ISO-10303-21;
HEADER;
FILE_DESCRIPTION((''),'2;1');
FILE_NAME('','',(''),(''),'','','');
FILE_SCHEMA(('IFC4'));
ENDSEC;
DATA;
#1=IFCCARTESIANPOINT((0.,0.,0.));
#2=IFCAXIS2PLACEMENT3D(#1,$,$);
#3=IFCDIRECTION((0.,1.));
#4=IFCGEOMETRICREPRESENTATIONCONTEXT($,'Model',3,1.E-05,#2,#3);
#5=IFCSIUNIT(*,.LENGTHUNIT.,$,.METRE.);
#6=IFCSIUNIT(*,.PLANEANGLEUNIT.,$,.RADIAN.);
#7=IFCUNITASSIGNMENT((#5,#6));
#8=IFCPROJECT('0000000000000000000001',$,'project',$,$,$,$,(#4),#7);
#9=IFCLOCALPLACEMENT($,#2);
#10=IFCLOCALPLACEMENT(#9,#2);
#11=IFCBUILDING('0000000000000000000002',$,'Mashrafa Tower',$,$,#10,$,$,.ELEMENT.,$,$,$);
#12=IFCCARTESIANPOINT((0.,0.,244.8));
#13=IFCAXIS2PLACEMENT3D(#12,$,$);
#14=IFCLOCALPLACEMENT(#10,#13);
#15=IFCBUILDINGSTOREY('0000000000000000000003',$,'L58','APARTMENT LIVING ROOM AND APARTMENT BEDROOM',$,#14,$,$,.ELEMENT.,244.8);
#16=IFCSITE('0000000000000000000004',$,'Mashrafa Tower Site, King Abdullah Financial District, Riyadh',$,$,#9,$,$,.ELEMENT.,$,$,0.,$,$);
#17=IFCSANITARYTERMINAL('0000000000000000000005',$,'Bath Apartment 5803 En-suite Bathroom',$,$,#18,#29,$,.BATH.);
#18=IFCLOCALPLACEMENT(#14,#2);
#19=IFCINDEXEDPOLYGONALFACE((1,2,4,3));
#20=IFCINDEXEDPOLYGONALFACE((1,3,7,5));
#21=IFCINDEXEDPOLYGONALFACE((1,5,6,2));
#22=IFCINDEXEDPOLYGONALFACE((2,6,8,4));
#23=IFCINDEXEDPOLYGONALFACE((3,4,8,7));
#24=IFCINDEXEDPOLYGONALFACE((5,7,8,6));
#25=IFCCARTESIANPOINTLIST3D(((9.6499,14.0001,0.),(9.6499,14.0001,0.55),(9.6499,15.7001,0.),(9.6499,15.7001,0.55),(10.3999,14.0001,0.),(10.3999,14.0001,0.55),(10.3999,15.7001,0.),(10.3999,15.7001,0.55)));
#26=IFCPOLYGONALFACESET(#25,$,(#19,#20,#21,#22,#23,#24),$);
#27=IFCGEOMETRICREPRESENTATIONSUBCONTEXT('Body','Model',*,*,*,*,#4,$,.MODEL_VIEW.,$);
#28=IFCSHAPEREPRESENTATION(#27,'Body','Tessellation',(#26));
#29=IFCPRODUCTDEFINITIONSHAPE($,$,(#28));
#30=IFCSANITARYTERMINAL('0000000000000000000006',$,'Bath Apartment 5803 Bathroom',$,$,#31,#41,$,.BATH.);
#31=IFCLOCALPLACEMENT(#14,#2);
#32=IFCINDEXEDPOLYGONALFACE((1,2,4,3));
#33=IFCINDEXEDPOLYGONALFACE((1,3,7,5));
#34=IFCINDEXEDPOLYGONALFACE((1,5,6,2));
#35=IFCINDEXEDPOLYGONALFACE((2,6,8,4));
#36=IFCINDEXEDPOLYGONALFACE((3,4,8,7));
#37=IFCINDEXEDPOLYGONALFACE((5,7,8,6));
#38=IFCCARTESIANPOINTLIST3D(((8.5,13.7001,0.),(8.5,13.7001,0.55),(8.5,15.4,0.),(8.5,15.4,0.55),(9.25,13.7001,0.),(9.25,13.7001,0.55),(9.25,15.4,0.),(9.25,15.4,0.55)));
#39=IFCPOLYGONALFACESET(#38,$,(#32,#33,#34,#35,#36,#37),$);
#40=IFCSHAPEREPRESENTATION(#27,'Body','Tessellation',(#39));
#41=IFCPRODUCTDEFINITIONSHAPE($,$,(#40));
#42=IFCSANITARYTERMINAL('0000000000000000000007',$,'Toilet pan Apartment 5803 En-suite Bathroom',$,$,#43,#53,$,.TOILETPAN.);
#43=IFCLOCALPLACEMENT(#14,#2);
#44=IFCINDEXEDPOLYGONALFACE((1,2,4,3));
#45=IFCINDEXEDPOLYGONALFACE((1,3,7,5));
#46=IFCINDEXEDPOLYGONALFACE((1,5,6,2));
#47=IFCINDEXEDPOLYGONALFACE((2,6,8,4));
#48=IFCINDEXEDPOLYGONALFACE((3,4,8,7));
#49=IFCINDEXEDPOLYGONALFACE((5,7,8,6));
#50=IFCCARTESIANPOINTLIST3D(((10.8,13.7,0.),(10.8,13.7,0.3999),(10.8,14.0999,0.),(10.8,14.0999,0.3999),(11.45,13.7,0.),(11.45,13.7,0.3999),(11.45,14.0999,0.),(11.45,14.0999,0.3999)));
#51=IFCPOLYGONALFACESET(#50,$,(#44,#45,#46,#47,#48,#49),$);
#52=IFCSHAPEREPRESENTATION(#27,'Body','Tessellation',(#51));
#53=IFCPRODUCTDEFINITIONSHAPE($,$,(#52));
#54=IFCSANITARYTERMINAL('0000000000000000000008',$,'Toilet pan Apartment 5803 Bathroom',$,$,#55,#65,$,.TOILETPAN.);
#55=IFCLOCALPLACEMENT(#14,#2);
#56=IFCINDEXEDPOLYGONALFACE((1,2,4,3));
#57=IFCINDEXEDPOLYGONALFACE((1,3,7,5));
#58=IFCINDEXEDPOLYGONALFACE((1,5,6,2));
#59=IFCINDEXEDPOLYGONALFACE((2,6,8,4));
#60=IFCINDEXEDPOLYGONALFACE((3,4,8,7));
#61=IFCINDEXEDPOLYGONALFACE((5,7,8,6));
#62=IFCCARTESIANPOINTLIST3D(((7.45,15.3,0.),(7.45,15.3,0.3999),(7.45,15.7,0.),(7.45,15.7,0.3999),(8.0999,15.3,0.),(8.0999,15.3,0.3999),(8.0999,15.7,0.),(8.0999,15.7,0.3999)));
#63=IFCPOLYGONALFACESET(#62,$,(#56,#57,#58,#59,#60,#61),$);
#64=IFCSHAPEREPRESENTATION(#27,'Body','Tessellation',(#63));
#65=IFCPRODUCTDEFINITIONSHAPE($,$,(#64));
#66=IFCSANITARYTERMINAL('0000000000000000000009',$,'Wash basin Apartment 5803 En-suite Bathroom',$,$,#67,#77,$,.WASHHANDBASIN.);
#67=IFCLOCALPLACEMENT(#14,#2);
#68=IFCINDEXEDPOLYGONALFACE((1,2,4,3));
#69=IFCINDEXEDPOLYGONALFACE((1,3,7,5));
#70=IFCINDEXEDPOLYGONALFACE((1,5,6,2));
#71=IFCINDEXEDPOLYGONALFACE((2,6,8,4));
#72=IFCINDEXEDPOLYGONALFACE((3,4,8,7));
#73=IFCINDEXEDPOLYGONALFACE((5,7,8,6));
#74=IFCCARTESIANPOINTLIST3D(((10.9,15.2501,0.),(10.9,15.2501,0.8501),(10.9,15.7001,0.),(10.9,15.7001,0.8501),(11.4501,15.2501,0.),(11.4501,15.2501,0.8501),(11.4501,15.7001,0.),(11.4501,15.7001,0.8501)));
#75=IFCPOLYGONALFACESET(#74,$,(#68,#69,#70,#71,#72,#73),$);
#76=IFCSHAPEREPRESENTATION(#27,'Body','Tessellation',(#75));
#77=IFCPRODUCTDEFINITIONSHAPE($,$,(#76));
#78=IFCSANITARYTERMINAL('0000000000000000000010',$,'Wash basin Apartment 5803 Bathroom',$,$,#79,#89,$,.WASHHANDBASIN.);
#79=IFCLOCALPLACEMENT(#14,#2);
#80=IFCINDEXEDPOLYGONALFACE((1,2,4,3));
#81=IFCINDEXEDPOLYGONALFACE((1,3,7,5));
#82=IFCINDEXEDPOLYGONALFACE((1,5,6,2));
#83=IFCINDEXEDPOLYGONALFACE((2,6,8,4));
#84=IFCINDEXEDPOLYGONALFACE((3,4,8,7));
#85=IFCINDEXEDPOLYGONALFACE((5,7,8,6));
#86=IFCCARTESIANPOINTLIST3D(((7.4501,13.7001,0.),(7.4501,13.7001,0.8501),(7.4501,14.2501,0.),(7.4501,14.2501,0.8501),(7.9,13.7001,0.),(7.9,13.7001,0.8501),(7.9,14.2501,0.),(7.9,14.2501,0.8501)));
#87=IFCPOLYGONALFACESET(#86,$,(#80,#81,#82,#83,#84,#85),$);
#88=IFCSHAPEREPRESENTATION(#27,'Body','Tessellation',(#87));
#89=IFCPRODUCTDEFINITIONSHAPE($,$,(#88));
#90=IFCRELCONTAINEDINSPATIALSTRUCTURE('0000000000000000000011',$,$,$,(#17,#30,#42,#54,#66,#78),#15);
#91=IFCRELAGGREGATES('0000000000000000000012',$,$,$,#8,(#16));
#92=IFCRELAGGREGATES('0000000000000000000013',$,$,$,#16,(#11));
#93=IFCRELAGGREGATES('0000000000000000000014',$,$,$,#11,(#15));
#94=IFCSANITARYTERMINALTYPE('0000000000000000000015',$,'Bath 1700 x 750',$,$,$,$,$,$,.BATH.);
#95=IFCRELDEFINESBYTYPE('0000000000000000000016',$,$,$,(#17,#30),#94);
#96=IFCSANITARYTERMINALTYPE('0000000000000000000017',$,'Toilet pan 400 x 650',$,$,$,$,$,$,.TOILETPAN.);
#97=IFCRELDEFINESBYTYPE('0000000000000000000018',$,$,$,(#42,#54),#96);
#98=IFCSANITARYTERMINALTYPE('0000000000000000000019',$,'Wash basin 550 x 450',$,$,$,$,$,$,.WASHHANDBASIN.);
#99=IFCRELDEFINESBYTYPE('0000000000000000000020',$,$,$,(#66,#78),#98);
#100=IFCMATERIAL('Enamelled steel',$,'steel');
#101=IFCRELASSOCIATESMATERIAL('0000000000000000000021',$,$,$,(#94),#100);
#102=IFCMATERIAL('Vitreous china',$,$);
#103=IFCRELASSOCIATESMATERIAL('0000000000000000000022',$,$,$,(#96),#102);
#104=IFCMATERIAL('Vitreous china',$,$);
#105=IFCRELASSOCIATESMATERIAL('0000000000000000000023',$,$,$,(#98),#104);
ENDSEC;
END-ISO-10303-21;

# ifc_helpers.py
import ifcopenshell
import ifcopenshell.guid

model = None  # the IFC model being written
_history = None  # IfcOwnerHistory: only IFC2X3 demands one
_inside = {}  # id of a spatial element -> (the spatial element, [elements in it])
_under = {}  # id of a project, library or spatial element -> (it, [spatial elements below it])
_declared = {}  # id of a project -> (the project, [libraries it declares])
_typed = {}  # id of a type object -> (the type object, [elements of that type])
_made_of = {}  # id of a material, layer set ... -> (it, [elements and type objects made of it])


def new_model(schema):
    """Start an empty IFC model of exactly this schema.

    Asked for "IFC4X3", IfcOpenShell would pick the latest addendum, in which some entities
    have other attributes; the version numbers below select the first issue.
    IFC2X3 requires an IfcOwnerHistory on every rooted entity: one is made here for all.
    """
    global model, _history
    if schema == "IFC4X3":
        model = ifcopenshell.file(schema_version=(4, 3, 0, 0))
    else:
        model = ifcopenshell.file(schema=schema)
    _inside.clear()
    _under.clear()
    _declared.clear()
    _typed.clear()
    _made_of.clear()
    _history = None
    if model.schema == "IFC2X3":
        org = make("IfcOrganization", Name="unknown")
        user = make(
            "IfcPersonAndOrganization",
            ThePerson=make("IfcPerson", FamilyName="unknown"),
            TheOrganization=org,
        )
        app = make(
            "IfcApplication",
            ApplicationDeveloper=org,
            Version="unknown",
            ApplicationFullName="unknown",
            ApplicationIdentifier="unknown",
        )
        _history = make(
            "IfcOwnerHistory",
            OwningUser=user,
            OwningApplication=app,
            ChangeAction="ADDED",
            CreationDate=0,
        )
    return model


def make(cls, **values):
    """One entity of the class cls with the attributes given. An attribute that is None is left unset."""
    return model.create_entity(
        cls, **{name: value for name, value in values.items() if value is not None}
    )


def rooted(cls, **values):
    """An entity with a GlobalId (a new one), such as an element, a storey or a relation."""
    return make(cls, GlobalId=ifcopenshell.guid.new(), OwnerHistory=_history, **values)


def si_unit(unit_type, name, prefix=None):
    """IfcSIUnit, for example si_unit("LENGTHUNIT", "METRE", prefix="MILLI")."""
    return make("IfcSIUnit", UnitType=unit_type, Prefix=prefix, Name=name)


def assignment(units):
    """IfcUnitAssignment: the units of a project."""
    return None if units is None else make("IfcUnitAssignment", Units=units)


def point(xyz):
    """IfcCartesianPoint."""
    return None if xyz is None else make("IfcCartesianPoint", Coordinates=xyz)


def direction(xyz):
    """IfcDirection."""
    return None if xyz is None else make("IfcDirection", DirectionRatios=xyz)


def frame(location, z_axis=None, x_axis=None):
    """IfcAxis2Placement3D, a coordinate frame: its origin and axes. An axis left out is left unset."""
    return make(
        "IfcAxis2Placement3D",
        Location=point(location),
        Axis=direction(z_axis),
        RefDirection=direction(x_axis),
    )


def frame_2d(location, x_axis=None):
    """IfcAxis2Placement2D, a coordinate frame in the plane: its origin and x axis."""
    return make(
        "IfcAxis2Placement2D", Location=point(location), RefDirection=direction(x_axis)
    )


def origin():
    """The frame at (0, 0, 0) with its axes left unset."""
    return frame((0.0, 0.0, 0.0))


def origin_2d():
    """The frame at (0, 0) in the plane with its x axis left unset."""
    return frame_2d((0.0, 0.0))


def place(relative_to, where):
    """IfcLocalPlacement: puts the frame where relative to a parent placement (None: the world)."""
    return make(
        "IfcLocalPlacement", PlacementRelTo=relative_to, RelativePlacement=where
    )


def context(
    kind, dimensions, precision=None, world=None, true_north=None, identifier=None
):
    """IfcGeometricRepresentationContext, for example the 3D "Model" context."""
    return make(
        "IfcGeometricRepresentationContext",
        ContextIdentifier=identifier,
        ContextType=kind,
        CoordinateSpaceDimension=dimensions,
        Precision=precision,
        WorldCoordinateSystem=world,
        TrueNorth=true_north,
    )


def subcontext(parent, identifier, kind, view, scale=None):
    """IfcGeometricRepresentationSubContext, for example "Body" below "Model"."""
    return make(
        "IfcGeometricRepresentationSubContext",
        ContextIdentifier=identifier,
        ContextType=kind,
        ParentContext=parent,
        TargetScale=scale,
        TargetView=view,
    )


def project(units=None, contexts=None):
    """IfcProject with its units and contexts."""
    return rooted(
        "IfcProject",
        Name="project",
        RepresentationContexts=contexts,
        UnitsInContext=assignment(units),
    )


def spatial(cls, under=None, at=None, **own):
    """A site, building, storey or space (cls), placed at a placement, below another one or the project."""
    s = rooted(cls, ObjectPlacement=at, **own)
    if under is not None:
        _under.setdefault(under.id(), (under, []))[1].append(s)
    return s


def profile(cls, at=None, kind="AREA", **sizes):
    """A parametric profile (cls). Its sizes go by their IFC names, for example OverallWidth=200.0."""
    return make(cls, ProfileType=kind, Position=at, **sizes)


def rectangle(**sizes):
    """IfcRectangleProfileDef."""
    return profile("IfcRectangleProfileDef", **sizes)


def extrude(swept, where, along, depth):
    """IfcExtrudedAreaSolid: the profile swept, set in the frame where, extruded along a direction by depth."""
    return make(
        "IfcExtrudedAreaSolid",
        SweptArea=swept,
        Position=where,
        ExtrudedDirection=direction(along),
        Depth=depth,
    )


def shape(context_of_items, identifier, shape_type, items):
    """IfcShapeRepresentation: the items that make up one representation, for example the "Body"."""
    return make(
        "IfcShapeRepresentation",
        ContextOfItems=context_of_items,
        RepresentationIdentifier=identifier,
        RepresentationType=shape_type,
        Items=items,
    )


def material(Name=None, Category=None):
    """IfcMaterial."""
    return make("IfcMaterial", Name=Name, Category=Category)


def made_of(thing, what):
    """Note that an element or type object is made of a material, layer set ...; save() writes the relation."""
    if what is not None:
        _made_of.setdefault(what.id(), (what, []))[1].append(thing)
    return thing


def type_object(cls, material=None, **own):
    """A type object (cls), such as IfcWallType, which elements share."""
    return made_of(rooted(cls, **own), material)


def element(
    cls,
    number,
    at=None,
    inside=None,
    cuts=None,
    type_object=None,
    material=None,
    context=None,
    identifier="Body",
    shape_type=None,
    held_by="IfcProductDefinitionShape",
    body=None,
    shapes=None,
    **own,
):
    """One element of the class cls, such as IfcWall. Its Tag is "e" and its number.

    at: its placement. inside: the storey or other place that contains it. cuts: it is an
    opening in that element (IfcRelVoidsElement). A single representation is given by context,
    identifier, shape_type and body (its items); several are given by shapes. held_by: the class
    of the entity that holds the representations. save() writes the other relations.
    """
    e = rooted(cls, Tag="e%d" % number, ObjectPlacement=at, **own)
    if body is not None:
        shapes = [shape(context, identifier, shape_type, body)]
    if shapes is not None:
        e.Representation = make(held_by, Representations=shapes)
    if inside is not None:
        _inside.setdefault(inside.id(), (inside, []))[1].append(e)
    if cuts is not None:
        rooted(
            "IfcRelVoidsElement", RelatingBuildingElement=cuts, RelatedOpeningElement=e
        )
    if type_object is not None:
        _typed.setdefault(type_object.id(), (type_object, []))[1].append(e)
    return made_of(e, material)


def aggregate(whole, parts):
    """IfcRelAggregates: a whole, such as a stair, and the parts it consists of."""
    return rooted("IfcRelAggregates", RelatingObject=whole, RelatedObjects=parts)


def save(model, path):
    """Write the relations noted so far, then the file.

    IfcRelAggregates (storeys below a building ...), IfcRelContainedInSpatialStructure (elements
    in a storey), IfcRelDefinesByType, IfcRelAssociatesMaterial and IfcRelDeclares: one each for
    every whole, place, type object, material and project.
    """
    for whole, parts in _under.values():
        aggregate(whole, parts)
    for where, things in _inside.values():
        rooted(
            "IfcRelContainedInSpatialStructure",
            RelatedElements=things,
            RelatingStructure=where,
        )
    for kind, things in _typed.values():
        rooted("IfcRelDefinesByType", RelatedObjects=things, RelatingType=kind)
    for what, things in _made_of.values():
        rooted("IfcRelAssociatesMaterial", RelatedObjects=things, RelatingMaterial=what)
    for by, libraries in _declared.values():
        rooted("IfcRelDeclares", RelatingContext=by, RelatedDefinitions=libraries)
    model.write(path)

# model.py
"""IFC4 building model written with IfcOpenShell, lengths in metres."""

from ifc_helpers import new_model, si_unit, direction, frame, origin, origin_2d, place, context, subcontext, project, spatial, rectangle, extrude, material, type_object, element, save


model = new_model("IFC4")

# Units and contexts
model_context = context("Model", 3, precision=1e-05, world=origin(), true_north=direction((0.0, 1.0)))
body_context = subcontext(model_context, "Body", "Model", "MODEL_VIEW")
ifc_project = project(units=[si_unit("LENGTHUNIT", "METRE"), si_unit("PLANEANGLEUNIT", "RADIAN")], contexts=[model_context])

# Site, building, storey
site_placement = place(None, origin())
site = spatial("IfcSite", under=ifc_project, at=site_placement, Name="Mashrafa Tower Site, King Abdullah Financial District, Riyadh", CompositionType="ELEMENT", RefElevation=0.0)
building_placement = place(site_placement, origin())
building = spatial("IfcBuilding", under=site, at=building_placement, Name="Mashrafa Tower", CompositionType="ELEMENT")
storey_placement = place(building_placement, frame((0.0, 0.0, 244.8)))
storey = spatial("IfcBuildingStorey", under=building, at=storey_placement, Name="L58", Description="APARTMENT LIVING ROOM AND APARTMENT BEDROOM", CompositionType="ELEMENT", Elevation=244.8)

# Sanitary terminals
ifc_material_1 = material(Name="Enamelled steel", Category="steel")
sanitary_terminal_type_1 = type_object("IfcSanitaryTerminalType", Name="Bath 1700 x 750", PredefinedType="BATH", material=ifc_material_1)
for number, where, z_axis, x_axis, name in (
    (1, (10.0249, 14.8501, 0.0), (0.0, 0.0, 1.0), (0.0, -1.0, 0.0), "Bath Apartment 5803 En-suite Bathroom"),
    (2, (8.875, 14.55, 0.0), (0.0, 0.0, 1.0), (0.0, 1.0, 0.0), "Bath Apartment 5803 Bathroom"),
):
    element("IfcSanitaryTerminal", number, at=place(storey_placement, frame(where, z_axis=z_axis, x_axis=x_axis)), inside=storey, type_object=sanitary_terminal_type_1, Name=name, PredefinedType="BATH", context=body_context, shape_type="SweptSolid", body=[
        extrude(rectangle(XDim=1.7, YDim=0.75, at=origin_2d()), origin(), (0.0, 0.0, 1.0), 0.55),
    ])
ifc_material_2 = material(Name="Vitreous china")
sanitary_terminal_type_2 = type_object("IfcSanitaryTerminalType", Name="Toilet pan 400 x 650", PredefinedType="TOILETPAN", material=ifc_material_2)
for number, where, z_axis, x_axis, name in (
    (3, (11.125, 13.8999, 0.0), (0.0, 0.0, 1.0), (0.0, 1.0, 0.0), "Toilet pan Apartment 5803 En-suite Bathroom"),
    (4, (7.7749, 15.5, 0.0), (0.0, 0.0, 1.0), (0.0, -1.0, 0.0), "Toilet pan Apartment 5803 Bathroom"),
):
    element("IfcSanitaryTerminal", number, at=place(storey_placement, frame(where, z_axis=z_axis, x_axis=x_axis)), inside=storey, type_object=sanitary_terminal_type_2, Name=name, PredefinedType="TOILETPAN", context=body_context, shape_type="SweptSolid", body=[
        extrude(rectangle(XDim=0.3999, YDim=0.6499, at=origin_2d()), origin(), (0.0, 0.0, 1.0), 0.3999),
    ])
ifc_material_3 = material(Name="Vitreous china")
sanitary_terminal_type_3 = type_object("IfcSanitaryTerminalType", Name="Wash basin 550 x 450", PredefinedType="WASHHANDBASIN", material=ifc_material_3)
for number, where, z_axis, x_axis, name in (
    (5, (11.175, 15.4751, 0.0), (0.0, 0.0, 1.0), (-1.0, 0.0, 0.0), "Wash basin Apartment 5803 En-suite Bathroom"),
    (6, (7.675, 13.9751, 0.0), (0.0, 0.0, 1.0), (0.0, -1.0, 0.0), "Wash basin Apartment 5803 Bathroom"),
):
    element("IfcSanitaryTerminal", number, at=place(storey_placement, frame(where, z_axis=z_axis, x_axis=x_axis)), inside=storey, type_object=sanitary_terminal_type_3, Name=name, PredefinedType="WASHHANDBASIN", context=body_context, shape_type="SweptSolid", body=[
        extrude(rectangle(XDim=0.55, YDim=0.45, at=origin_2d()), origin(), (0.0, 0.0, 1.0), 0.8501),
    ])

save(model, "model.ifc")
